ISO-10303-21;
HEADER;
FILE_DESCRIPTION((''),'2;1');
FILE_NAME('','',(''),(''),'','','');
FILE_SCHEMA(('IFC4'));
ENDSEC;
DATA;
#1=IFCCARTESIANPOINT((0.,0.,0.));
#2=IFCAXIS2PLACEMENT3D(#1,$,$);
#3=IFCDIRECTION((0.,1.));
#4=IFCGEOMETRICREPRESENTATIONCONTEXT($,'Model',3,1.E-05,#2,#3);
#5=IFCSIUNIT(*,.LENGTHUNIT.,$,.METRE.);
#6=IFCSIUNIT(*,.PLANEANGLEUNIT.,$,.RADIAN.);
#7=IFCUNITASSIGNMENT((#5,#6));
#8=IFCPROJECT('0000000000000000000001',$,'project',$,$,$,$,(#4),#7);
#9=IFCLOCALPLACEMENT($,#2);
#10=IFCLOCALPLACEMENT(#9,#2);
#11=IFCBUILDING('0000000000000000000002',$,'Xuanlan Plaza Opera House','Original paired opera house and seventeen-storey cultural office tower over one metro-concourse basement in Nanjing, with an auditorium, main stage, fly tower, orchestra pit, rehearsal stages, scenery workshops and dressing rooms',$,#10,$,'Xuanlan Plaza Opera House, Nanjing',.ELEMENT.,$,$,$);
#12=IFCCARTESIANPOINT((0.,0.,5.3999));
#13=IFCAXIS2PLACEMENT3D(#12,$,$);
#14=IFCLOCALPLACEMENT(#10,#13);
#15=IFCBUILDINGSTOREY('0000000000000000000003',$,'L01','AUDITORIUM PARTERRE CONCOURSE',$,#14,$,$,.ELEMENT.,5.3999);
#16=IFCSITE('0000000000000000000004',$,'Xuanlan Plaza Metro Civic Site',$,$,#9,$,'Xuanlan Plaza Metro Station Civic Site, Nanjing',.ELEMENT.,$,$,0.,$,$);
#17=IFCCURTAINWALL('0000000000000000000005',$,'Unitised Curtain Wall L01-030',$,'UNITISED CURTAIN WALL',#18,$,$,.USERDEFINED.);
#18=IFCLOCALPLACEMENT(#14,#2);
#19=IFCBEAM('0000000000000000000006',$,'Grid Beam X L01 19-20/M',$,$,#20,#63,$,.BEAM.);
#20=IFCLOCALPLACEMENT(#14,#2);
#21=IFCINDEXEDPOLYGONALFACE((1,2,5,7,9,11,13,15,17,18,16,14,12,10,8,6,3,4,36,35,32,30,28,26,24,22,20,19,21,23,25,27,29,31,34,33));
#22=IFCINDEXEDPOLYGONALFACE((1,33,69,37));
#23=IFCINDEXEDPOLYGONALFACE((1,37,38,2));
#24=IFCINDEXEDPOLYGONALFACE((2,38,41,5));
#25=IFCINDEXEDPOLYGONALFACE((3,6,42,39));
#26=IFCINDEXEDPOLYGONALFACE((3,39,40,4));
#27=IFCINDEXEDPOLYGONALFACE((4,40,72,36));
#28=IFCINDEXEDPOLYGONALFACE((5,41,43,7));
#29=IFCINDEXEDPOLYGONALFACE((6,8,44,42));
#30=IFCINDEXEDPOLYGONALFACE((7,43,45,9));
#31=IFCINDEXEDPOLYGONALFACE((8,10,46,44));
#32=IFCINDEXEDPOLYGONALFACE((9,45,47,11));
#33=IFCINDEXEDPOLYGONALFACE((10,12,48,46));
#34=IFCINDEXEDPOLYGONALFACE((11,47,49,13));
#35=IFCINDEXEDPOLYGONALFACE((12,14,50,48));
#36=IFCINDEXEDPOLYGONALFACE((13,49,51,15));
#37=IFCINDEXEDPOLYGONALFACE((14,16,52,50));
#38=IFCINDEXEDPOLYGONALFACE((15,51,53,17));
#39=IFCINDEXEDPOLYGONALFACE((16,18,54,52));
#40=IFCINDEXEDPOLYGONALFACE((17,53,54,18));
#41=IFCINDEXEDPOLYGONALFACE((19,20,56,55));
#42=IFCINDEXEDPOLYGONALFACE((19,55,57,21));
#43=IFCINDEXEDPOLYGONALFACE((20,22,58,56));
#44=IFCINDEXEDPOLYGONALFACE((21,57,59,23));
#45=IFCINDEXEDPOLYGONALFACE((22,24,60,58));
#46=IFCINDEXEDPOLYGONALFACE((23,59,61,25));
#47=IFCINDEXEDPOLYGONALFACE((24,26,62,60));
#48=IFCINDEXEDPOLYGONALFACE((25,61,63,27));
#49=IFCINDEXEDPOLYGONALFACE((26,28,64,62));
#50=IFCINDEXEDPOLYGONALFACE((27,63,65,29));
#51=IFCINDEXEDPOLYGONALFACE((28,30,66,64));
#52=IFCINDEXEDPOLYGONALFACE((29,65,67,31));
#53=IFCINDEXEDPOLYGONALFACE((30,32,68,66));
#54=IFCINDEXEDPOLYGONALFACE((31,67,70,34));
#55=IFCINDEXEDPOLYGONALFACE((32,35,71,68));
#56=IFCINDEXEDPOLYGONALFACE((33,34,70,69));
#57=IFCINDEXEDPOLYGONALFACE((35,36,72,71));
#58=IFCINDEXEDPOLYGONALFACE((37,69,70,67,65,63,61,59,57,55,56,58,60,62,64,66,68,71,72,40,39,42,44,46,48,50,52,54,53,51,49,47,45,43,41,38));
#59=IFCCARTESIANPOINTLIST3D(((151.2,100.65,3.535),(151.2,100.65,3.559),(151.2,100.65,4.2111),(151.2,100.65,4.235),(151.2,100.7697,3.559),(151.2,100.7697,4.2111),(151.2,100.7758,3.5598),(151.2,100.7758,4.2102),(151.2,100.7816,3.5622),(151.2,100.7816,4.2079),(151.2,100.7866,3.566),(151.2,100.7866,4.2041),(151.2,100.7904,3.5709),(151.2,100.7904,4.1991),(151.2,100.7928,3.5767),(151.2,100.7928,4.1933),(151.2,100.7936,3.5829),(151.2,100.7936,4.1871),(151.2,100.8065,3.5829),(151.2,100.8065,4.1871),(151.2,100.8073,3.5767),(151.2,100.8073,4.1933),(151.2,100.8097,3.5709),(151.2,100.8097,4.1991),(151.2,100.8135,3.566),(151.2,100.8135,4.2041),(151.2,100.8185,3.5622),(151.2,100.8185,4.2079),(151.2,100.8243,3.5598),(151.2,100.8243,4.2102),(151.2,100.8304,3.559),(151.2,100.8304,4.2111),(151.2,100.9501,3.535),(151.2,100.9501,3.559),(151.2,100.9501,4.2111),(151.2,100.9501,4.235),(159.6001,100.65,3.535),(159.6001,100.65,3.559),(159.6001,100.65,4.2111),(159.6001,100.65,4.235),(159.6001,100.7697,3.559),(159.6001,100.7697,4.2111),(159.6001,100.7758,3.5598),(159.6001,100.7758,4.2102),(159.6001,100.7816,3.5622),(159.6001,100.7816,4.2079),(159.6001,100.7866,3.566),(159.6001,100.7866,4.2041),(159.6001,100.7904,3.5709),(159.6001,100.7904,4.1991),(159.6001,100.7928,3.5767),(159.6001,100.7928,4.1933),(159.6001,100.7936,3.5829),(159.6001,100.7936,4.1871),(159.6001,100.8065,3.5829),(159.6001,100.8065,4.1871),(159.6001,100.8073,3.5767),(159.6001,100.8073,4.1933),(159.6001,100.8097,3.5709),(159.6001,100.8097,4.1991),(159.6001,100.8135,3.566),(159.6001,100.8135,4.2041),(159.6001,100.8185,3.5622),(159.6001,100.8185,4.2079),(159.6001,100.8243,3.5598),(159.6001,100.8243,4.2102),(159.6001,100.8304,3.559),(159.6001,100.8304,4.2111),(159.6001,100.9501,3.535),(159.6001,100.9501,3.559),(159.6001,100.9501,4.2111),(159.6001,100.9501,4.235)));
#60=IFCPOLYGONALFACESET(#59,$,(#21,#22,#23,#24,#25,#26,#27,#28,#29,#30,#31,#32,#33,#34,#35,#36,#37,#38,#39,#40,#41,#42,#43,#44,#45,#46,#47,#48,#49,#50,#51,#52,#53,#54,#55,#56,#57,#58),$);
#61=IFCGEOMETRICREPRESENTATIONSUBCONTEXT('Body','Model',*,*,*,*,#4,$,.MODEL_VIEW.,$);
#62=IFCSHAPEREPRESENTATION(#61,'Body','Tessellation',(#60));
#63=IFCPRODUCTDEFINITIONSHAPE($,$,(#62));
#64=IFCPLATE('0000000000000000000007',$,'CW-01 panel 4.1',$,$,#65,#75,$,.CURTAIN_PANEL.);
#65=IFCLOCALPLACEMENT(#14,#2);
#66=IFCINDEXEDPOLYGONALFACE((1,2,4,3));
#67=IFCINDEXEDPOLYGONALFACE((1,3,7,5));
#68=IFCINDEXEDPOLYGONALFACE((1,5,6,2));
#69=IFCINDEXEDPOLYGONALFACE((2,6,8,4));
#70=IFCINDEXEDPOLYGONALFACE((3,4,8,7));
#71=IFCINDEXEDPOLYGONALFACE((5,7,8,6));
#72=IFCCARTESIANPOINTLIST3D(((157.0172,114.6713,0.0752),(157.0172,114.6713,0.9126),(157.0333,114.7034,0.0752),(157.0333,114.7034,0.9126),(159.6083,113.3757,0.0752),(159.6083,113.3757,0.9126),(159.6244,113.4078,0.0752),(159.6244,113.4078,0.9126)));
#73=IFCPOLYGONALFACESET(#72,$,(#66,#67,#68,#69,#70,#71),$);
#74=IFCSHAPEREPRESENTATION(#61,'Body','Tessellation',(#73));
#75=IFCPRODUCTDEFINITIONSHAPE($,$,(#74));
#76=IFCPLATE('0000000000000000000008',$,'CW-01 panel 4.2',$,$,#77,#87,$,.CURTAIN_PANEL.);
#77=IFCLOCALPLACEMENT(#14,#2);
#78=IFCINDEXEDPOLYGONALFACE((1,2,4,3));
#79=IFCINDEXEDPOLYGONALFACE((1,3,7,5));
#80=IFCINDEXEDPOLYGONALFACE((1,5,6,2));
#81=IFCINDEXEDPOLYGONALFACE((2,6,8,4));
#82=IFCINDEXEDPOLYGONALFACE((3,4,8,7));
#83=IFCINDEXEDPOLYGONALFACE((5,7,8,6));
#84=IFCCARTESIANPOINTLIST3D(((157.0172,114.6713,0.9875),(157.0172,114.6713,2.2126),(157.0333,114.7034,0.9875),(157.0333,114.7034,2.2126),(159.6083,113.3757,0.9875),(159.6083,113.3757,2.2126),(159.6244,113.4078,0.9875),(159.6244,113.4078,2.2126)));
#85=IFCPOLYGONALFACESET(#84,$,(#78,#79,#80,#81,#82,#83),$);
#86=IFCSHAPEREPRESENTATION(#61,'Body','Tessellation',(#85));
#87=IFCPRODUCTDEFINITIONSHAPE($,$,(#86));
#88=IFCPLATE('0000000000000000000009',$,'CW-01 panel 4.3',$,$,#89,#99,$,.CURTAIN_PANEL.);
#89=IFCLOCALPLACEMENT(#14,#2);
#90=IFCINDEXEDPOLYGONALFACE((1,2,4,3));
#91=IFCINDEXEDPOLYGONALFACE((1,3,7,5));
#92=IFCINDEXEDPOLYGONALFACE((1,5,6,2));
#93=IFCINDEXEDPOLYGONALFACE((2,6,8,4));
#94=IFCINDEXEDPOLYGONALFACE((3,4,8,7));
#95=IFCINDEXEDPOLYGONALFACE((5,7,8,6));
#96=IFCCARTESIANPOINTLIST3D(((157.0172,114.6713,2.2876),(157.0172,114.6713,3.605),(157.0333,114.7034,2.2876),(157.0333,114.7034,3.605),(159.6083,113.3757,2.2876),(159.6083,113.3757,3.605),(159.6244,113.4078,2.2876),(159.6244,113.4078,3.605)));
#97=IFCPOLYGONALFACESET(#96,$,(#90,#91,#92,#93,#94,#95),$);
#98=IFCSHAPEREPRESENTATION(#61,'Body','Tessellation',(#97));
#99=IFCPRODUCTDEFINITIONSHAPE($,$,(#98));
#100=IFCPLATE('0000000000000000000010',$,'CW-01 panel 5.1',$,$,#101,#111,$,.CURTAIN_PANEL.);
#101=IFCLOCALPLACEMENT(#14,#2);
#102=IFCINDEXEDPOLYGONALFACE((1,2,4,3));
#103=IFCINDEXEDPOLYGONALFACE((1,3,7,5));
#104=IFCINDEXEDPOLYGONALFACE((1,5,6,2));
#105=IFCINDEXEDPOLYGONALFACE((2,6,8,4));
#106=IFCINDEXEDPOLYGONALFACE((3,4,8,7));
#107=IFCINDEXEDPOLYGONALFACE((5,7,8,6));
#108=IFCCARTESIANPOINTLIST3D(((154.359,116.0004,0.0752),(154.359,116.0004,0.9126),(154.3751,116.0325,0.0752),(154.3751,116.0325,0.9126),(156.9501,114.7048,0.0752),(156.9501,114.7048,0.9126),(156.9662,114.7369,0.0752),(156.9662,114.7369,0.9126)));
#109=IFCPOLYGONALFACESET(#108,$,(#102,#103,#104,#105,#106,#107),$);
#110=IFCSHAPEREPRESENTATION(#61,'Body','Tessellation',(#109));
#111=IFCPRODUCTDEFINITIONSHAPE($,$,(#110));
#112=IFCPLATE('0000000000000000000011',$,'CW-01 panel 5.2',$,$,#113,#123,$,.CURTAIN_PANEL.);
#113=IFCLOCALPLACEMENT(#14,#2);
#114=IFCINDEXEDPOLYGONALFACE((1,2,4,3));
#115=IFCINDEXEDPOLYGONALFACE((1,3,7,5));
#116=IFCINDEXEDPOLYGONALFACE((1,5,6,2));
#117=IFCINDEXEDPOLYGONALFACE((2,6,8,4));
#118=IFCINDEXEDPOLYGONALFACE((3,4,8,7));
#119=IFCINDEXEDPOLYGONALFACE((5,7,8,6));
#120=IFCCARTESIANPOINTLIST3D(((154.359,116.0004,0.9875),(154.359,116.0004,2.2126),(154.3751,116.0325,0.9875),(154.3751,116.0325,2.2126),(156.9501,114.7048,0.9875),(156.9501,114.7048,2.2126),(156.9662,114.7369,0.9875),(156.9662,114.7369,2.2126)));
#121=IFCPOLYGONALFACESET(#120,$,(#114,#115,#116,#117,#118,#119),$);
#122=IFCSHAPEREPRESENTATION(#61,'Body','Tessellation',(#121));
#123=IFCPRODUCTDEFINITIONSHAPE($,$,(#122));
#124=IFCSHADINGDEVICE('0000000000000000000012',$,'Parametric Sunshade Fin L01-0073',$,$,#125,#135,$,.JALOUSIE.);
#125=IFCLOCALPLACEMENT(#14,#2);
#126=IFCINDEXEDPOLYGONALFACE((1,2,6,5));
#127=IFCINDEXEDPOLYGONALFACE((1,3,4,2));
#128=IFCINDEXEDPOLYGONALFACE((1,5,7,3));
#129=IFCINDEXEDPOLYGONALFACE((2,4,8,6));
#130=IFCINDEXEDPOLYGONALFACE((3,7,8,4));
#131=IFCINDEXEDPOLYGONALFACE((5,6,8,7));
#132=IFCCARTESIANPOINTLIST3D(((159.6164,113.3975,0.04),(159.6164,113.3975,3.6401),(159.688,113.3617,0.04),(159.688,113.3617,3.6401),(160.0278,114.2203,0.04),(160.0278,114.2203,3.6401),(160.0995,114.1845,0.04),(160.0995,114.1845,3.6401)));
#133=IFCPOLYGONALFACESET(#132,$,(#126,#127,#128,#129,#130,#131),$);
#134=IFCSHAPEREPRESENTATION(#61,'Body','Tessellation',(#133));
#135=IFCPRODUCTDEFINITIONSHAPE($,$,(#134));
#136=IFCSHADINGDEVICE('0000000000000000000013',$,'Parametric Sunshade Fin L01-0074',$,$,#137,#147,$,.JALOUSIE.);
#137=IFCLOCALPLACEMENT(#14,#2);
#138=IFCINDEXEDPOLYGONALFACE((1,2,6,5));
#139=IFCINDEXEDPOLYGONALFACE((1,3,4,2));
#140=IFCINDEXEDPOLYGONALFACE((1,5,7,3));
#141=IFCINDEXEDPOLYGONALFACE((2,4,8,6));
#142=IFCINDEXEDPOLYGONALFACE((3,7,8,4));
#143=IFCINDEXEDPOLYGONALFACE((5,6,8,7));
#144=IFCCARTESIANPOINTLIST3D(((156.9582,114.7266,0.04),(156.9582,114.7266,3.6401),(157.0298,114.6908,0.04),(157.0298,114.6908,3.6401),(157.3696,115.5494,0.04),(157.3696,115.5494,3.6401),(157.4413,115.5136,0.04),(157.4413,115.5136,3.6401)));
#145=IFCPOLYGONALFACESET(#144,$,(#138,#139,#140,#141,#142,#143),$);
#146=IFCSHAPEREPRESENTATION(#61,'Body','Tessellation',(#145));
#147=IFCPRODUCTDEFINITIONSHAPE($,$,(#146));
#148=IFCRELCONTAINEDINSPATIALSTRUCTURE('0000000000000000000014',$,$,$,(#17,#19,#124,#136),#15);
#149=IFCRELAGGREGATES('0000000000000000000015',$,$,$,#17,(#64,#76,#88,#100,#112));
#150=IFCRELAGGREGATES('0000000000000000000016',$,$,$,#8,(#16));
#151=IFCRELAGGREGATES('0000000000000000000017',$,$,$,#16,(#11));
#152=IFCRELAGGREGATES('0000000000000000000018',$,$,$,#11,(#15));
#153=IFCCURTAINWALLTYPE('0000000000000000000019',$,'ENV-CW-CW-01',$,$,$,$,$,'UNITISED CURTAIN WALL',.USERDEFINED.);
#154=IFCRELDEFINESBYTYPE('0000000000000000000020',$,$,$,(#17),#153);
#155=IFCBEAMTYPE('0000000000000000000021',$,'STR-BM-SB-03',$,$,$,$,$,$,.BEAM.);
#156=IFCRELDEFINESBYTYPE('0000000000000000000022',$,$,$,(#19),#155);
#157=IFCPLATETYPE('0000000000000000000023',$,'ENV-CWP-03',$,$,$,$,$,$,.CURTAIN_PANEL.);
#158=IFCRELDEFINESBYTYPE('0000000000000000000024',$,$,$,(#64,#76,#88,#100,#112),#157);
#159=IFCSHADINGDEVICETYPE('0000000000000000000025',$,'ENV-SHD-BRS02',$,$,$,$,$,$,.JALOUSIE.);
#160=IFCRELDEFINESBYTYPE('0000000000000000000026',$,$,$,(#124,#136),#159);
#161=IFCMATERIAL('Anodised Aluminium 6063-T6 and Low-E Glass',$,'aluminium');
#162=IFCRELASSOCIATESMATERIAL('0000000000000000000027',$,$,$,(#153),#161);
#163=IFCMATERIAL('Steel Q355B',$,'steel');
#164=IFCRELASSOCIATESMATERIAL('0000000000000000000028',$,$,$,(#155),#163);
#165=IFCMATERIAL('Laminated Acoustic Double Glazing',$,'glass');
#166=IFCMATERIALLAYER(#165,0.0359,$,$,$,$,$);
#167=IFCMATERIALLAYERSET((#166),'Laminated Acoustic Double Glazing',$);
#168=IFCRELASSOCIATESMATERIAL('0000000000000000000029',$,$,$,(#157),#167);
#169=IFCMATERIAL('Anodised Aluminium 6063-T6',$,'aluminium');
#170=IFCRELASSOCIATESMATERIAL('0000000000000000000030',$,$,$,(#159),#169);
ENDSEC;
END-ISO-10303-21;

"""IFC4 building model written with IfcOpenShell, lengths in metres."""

from ifc_helpers import new_model, si_unit, direction, frame, origin, origin_2d, place, context, subcontext, project, spatial, rectangle, i_section, extrude, material, layer, layer_set, material_profile, profile_set, type_object, element, aggregate, save


model = new_model("IFC4")

# Units and contexts
model_context = context("Model", 3, precision=1e-05, world=origin(), true_north=direction((0.0, 1.0)))
body_context = subcontext(model_context, "Body", "Model", "MODEL_VIEW")
ifc_project = project(units=[si_unit("LENGTHUNIT", "METRE"), si_unit("PLANEANGLEUNIT", "RADIAN")], contexts=[model_context])

# Site, building, storey
site_placement = place(None, origin())
site = spatial("IfcSite", under=ifc_project, at=site_placement, Name="Xuanlan Plaza Metro Civic Site", LongName="Xuanlan Plaza Metro Station Civic Site, Nanjing", CompositionType="ELEMENT", RefElevation=0.0)
building_placement = place(site_placement, origin())
building = spatial("IfcBuilding", under=site, at=building_placement, Name="Xuanlan Plaza Opera House", Description="Original paired opera house and seventeen-storey cultural office tower over one metro-concourse basement in Nanjing, with an auditorium, main stage, fly tower, orchestra pit, rehearsal stages, scenery workshops and dressing rooms", LongName="Xuanlan Plaza Opera House, Nanjing", CompositionType="ELEMENT")
storey_placement = place(building_placement, frame((0.0, 0.0, 5.3999)))
storey = spatial("IfcBuildingStorey", under=building, at=storey_placement, Name="L01", Description="AUDITORIUM PARTERRE CONCOURSE", CompositionType="ELEMENT", Elevation=5.3999)

# Curtain wall
ifc_material_1 = material(Name="Anodised Aluminium 6063-T6 and Low-E Glass", Category="aluminium")
curtain_wall_type = type_object("IfcCurtainWallType", Name="ENV-CW-CW-01", ElementType="UNITISED CURTAIN WALL", PredefinedType="USERDEFINED", material=ifc_material_1)
curtain_wall_placement = place(storey_placement, origin())
curtain_wall = element("IfcCurtainWall", 1, at=curtain_wall_placement, inside=storey, type_object=curtain_wall_type, Name="Unitised Curtain Wall L01-030", ObjectType="UNITISED CURTAIN WALL", PredefinedType="USERDEFINED")
ifc_material_2 = material(Name="Anodised Aluminium 6063-T6", Category="aluminium")

# Beam
ifc_material_3 = material(Name="Steel Q355B", Category="steel")
ifc_material_profile_1 = material_profile(ifc_material_3, i_section(OverallWidth=0.3, OverallDepth=0.7, WebThickness=0.0129, FlangeThickness=0.0239, FilletRadius=0.0239, at=origin_2d()), Name="HN 700x300x13x24")
ifc_profile_set_1 = profile_set([ifc_material_profile_1], Name="Steel Q355B")
beam_type_1 = type_object("IfcBeamType", Name="STR-BM-SB-03", PredefinedType="BEAM", material=ifc_profile_set_1)
beam_1_placement = place(storey_placement, frame((151.2, 100.8, 3.885), z_axis=(1.0, 0.0, 0.0), x_axis=(0.0, 1.0, 0.0)))
element("IfcBeam", 2, at=beam_1_placement, inside=storey, type_object=beam_type_1, Name="Grid Beam X L01 19-20/M", PredefinedType="BEAM", context=body_context, shape_type="SweptSolid", body=[
    extrude(i_section(OverallWidth=0.3, OverallDepth=0.7, WebThickness=0.0129, FlangeThickness=0.0239, FilletRadius=0.0239, at=origin_2d()), origin(), (0.0, 0.0, 1.0), 8.4001),
])

# Plates
ifc_material_4 = material(Name="Laminated Acoustic Double Glazing", Category="glass")
ifc_layer = layer(ifc_material_4, 0.0359)
ifc_layer_set = layer_set([ifc_layer], Name="Laminated Acoustic Double Glazing")
plate_type = type_object("IfcPlateType", Name="ENV-CWP-03", PredefinedType="CURTAIN_PANEL", material=ifc_layer_set)
plate_1_placement = place(storey_placement, frame((158.3208, 114.0396, 0.0752), z_axis=(0.0, 0.0, 1.0), x_axis=(-0.894427, 0.447214, 0.0)))
plate_1 = element("IfcPlate", 3, at=plate_1_placement, type_object=plate_type, Name="CW-01 panel 4.1", PredefinedType="CURTAIN_PANEL", context=body_context, shape_type="SweptSolid", body=[
    extrude(rectangle(XDim=2.897, YDim=0.0359, at=origin_2d()), origin(), (0.0, 0.0, 1.0), 0.8374),
])
plate_2_placement = place(storey_placement, frame((158.3208, 114.0396, 0.9875), z_axis=(0.0, 0.0, 1.0), x_axis=(-0.894427, 0.447214, 0.0)))
plate_2 = element("IfcPlate", 4, at=plate_2_placement, type_object=plate_type, Name="CW-01 panel 4.2", PredefinedType="CURTAIN_PANEL", context=body_context, shape_type="SweptSolid", body=[
    extrude(rectangle(XDim=2.897, YDim=0.0359, at=origin_2d()), origin(), (0.0, 0.0, 1.0), 1.2251),
])
plate_3_placement = place(storey_placement, frame((158.3208, 114.0396, 2.2876), z_axis=(0.0, 0.0, 1.0), x_axis=(-0.894427, 0.447214, 0.0)))
plate_3 = element("IfcPlate", 5, at=plate_3_placement, type_object=plate_type, Name="CW-01 panel 4.3", PredefinedType="CURTAIN_PANEL", context=body_context, shape_type="SweptSolid", body=[
    extrude(rectangle(XDim=2.897, YDim=0.0359, at=origin_2d()), origin(), (0.0, 0.0, 1.0), 1.3174),
])
plate_4_placement = place(storey_placement, frame((155.6626, 115.3687, 0.0752), z_axis=(0.0, 0.0, 1.0), x_axis=(-0.894427, 0.447214, 0.0)))
plate_4 = element("IfcPlate", 6, at=plate_4_placement, type_object=plate_type, Name="CW-01 panel 5.1", PredefinedType="CURTAIN_PANEL", context=body_context, shape_type="SweptSolid", body=[
    extrude(rectangle(XDim=2.897, YDim=0.0359, at=origin_2d()), origin(), (0.0, 0.0, 1.0), 0.8374),
])
plate_5_placement = place(storey_placement, frame((155.6626, 115.3687, 0.9875), z_axis=(0.0, 0.0, 1.0), x_axis=(-0.894427, 0.447214, 0.0)))
plate_5 = element("IfcPlate", 7, at=plate_5_placement, type_object=plate_type, Name="CW-01 panel 5.2", PredefinedType="CURTAIN_PANEL", context=body_context, shape_type="SweptSolid", body=[
    extrude(rectangle(XDim=2.897, YDim=0.0359, at=origin_2d()), origin(), (0.0, 0.0, 1.0), 1.2251),
])
aggregate(curtain_wall, [plate_1, plate_2, plate_3, plate_4, plate_5])

# Shading devices
shading_device_type = type_object("IfcShadingDeviceType", Name="ENV-SHD-BRS02", PredefinedType="JALOUSIE", material=ifc_material_2)
for number, where, z_axis, x_axis, name in (
    (8, (159.8579, 113.791, 0.04), (0.0, 0.0, 1.0), (0.447291, 0.894389, 0.0), "Parametric Sunshade Fin L01-0073"),
    (9, (157.1997, 115.1201, 0.04), (0.0, 0.0, 1.0), (0.447291, 0.894389, 0.0), "Parametric Sunshade Fin L01-0074"),
):
    element("IfcShadingDevice", number, at=place(storey_placement, frame(where, z_axis=z_axis, x_axis=x_axis)), inside=storey, type_object=shading_device_type, Name=name, PredefinedType="JALOUSIE", context=body_context, shape_type="SweptSolid", body=[
        extrude(rectangle(XDim=0.9199, YDim=0.0801, at=origin_2d()), origin(), (0.0, 0.0, 1.0), 3.6001),
    ])

save(model, "model.ifc")
